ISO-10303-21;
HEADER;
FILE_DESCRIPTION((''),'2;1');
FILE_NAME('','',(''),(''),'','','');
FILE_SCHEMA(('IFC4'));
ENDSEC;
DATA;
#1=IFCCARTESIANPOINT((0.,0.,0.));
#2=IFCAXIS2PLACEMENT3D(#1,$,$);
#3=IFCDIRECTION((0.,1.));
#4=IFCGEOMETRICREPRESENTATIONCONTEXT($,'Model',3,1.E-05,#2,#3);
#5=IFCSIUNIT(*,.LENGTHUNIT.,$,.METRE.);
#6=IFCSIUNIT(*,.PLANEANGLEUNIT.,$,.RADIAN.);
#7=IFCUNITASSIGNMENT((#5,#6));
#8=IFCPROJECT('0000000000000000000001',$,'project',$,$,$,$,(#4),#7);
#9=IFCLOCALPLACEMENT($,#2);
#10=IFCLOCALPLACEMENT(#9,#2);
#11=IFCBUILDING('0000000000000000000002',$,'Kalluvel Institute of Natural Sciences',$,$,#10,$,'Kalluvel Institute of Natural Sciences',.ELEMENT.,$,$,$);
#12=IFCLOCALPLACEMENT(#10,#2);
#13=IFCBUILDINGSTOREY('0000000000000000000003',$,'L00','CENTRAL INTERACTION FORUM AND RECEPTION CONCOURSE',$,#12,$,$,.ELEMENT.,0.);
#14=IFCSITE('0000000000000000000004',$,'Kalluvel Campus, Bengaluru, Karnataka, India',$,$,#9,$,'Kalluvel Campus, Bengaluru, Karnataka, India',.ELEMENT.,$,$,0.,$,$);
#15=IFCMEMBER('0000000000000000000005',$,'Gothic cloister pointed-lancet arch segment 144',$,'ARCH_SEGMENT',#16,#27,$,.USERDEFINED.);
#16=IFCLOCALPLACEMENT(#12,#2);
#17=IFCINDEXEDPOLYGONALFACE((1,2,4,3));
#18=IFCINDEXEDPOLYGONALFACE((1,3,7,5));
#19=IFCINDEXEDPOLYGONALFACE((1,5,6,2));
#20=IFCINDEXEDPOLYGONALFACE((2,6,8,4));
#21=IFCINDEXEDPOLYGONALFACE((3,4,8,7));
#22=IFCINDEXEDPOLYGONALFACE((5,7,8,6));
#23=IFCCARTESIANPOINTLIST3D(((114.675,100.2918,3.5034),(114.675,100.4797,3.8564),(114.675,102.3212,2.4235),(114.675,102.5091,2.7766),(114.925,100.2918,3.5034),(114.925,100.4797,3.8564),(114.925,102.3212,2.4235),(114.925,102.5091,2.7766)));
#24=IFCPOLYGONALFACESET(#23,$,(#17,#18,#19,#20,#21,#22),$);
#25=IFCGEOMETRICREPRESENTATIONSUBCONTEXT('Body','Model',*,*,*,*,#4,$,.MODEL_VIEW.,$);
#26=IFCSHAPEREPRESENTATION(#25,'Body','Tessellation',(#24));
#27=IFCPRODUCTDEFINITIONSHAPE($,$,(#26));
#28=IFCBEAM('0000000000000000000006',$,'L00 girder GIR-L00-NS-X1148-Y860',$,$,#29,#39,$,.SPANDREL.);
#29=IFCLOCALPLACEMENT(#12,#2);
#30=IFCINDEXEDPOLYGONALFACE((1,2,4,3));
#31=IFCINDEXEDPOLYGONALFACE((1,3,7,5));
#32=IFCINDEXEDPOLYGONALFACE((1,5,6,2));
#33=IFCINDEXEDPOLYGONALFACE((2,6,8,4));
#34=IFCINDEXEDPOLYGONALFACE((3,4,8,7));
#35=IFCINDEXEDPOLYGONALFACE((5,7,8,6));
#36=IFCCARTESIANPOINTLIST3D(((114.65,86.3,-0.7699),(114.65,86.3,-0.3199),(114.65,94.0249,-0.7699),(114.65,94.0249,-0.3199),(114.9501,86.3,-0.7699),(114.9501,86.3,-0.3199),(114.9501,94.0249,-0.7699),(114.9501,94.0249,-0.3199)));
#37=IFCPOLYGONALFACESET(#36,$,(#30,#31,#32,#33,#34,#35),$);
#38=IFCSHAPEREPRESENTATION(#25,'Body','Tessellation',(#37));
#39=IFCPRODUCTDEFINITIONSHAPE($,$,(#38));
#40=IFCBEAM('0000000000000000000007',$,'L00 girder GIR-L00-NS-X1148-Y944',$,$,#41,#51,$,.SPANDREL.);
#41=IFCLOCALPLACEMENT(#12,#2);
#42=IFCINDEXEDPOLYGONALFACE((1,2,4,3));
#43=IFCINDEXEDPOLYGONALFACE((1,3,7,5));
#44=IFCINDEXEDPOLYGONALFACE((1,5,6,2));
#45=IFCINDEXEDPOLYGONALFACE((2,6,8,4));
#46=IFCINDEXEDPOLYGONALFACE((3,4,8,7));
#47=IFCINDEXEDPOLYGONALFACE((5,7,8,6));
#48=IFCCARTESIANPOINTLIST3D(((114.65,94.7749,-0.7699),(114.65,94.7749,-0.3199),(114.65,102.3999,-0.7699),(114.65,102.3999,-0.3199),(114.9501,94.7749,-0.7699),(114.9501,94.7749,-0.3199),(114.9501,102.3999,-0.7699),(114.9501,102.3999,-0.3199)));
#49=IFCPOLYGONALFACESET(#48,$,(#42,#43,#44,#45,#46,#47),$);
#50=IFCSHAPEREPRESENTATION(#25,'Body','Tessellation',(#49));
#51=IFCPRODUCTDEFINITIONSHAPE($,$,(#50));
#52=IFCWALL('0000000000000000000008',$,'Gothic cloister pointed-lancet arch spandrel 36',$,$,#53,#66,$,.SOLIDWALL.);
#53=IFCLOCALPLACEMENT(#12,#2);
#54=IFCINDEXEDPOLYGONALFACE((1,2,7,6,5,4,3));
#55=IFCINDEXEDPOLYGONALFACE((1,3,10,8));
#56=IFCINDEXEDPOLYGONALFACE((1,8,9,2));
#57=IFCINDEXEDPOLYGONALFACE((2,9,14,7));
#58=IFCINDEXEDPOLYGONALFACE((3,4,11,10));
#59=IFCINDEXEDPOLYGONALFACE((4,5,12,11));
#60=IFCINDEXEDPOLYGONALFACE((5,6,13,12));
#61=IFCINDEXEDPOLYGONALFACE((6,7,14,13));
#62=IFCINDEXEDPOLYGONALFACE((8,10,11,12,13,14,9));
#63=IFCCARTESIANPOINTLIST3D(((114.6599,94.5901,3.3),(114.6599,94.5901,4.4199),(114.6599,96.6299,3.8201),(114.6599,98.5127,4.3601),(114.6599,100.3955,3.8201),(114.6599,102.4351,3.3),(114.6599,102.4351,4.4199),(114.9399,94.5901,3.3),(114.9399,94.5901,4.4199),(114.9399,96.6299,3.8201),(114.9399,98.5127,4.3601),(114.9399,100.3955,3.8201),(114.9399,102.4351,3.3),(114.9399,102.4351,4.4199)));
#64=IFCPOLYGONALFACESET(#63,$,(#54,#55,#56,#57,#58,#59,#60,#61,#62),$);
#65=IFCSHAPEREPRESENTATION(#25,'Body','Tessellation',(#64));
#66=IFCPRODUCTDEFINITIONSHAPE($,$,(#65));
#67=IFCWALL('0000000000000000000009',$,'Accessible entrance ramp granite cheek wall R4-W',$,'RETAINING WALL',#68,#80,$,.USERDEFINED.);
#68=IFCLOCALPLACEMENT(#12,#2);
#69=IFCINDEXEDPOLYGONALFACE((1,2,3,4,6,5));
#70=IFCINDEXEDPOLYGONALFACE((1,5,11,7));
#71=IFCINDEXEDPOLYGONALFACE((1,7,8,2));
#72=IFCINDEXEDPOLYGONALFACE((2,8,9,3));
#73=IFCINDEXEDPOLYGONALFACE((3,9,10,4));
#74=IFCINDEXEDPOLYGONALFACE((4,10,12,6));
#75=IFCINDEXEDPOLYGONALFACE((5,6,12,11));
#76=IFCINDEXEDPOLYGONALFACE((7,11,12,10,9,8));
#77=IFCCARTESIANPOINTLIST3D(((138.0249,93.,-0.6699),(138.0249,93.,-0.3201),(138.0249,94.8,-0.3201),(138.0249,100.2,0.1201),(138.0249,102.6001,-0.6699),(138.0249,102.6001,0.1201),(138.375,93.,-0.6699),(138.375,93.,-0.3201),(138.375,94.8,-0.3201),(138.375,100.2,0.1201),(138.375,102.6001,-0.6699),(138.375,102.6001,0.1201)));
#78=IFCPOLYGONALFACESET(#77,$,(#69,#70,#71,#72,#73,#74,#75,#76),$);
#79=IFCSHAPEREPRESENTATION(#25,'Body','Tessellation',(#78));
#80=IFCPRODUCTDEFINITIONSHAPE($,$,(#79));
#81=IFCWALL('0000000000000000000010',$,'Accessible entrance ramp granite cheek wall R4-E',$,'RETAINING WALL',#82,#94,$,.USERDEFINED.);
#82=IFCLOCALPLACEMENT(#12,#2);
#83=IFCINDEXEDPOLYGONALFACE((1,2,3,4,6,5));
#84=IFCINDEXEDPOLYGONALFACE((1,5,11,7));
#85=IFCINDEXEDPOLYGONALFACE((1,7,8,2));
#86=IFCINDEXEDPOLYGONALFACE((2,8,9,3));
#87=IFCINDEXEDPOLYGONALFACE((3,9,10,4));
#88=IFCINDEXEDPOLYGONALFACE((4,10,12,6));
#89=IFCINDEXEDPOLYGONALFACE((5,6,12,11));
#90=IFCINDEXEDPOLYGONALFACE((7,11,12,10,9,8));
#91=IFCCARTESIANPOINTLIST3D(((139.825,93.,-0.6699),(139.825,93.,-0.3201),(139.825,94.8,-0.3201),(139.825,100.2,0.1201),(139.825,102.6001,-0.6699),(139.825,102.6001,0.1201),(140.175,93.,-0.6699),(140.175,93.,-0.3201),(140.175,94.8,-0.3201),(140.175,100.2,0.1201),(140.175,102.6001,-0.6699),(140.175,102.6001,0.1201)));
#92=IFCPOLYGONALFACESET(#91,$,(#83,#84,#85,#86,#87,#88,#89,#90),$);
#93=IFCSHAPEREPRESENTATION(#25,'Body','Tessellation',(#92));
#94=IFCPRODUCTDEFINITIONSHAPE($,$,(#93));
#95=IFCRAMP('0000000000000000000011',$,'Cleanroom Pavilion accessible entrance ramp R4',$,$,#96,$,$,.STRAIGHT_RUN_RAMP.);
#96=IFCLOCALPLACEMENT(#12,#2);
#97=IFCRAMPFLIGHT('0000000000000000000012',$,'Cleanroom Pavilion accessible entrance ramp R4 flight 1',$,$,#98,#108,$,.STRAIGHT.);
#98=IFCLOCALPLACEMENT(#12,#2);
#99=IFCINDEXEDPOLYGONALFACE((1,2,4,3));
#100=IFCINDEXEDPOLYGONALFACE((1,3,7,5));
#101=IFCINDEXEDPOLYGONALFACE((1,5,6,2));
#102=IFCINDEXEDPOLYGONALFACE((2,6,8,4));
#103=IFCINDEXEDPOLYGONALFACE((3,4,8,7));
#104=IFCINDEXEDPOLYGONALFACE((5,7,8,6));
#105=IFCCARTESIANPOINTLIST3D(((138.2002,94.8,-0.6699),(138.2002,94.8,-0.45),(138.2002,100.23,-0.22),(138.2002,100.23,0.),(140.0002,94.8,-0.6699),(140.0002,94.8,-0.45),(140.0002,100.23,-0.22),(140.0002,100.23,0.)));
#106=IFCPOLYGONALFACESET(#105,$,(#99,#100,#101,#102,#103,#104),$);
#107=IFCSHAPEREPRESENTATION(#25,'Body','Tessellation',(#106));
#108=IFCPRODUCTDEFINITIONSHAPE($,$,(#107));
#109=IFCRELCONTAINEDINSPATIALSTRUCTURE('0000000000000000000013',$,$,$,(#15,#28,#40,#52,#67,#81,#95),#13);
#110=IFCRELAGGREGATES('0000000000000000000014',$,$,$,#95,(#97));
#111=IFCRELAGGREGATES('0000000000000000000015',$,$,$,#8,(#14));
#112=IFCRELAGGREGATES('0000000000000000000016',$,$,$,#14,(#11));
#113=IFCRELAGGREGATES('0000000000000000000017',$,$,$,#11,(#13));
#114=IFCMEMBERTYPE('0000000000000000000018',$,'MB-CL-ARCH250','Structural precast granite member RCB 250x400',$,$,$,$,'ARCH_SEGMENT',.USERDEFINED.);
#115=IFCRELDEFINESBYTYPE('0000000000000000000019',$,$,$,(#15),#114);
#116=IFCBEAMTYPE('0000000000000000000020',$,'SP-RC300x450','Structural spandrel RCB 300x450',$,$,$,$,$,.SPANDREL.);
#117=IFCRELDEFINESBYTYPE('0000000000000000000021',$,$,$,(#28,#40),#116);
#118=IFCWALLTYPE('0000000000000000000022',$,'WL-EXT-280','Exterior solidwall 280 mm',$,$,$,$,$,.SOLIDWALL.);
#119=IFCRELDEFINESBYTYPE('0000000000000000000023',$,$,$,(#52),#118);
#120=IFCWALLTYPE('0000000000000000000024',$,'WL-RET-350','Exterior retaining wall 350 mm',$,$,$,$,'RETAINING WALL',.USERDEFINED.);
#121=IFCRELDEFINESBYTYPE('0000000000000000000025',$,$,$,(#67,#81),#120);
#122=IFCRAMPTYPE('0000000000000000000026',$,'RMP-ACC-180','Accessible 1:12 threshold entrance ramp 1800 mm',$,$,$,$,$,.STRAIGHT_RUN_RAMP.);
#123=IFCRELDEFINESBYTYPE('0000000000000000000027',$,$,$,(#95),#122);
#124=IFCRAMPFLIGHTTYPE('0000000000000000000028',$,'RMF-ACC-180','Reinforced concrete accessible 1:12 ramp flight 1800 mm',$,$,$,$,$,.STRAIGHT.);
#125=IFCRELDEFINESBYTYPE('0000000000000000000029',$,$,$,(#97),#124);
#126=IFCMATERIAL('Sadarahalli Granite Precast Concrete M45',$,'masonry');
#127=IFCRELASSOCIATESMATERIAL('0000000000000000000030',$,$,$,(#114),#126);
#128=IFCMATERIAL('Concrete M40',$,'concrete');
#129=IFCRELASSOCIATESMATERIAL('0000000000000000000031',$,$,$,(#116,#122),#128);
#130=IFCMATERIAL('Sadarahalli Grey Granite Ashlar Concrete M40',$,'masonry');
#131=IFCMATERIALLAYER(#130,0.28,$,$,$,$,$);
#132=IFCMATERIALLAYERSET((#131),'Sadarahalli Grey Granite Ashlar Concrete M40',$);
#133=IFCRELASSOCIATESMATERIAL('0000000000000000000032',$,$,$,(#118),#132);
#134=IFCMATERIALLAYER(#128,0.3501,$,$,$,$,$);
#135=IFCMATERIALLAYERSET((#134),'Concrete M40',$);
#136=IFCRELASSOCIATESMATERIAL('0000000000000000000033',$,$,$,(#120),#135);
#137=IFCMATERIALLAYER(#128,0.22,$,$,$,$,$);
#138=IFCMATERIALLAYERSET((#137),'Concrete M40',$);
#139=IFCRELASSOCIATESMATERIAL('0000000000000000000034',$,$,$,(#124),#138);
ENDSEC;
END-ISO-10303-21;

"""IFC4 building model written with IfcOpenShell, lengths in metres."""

from ifc_helpers import new_model, si_unit, direction, frame, origin, origin_2d, place, context, subcontext, project, spatial, polyline, rectangle, outline, extrude, material, layer, layer_set, material_profile, profile_set, type_object, element, aggregate, save


model = new_model("IFC4")

# Units and contexts
model_context = context("Model", 3, precision=1e-05, world=origin(), true_north=direction((0.0, 1.0)))
body_context = subcontext(model_context, "Body", "Model", "MODEL_VIEW")
ifc_project = project(units=[si_unit("LENGTHUNIT", "METRE"), si_unit("PLANEANGLEUNIT", "RADIAN")], contexts=[model_context])

# Site, building, storey
site_placement = place(None, origin())
site = spatial("IfcSite", under=ifc_project, at=site_placement, Name="Kalluvel Campus, Bengaluru, Karnataka, India", LongName="Kalluvel Campus, Bengaluru, Karnataka, India", CompositionType="ELEMENT", RefElevation=0.0)
building_placement = place(site_placement, origin())
building = spatial("IfcBuilding", under=site, at=building_placement, Name="Kalluvel Institute of Natural Sciences", LongName="Kalluvel Institute of Natural Sciences", CompositionType="ELEMENT")
storey_placement = place(building_placement, origin())
storey = spatial("IfcBuildingStorey", under=building, at=storey_placement, Name="L00", Description="CENTRAL INTERACTION FORUM AND RECEPTION CONCOURSE", CompositionType="ELEMENT", Elevation=0.0)

# Shared definitions
ifc_material_1 = material(Name="Concrete M40", Category="concrete")

# Member
ifc_material_2 = material(Name="Sadarahalli Granite Precast Concrete M45", Category="masonry")
ifc_material_profile_1 = material_profile(ifc_material_2, rectangle(XDim=0.25, YDim=0.3999, at=origin_2d()), Name="RCB 250x400")
ifc_profile_set_1 = profile_set([ifc_material_profile_1], Name="Sadarahalli Granite Precast Concrete M45")
member_type = type_object("IfcMemberType", Name="MB-CL-ARCH250", Description="Structural precast granite member RCB 250x400", ElementType="ARCH_SEGMENT", PredefinedType="USERDEFINED", material=ifc_profile_set_1)
member_1_placement = place(storey_placement, frame((114.8, 100.3857, 3.6799), z_axis=(0.0, 0.882796, -0.469756), x_axis=(-1.0, 0.0, 0.0)))
element("IfcMember", 1, at=member_1_placement, inside=storey, type_object=member_type, Name="Gothic cloister pointed-lancet arch segment 144", ObjectType="ARCH_SEGMENT", PredefinedType="USERDEFINED", context=body_context, shape_type="SweptSolid", body=[
    extrude(rectangle(XDim=0.25, YDim=0.3999, at=origin_2d()), origin(), (0.0, 0.0, 1.0), 2.2988),
])

# Beams
ifc_material_profile_2 = material_profile(ifc_material_1, rectangle(XDim=0.3, YDim=0.45, at=origin_2d()), Name="RCB 300x450")
ifc_profile_set_2 = profile_set([ifc_material_profile_2], Name="Concrete M40")
beam_type_1 = type_object("IfcBeamType", Name="SP-RC300x450", Description="Structural spandrel RCB 300x450", PredefinedType="SPANDREL", material=ifc_profile_set_2)
beam_1_placement = place(storey_placement, frame((114.8, 86.3, -0.5449), z_axis=(0.0, 1.0, 0.0), x_axis=(-1.0, 0.0, 0.0)))
element("IfcBeam", 2, at=beam_1_placement, inside=storey, type_object=beam_type_1, Name="L00 girder GIR-L00-NS-X1148-Y860", PredefinedType="SPANDREL", context=body_context, shape_type="SweptSolid", body=[
    extrude(rectangle(XDim=0.3, YDim=0.45, at=origin_2d()), origin(), (0.0, 0.0, 1.0), 7.7249),
])
beam_2_placement = place(storey_placement, frame((114.8, 94.7749, -0.5449), z_axis=(0.0, 1.0, 0.0), x_axis=(-1.0, 0.0, 0.0)))
element("IfcBeam", 3, at=beam_2_placement, inside=storey, type_object=beam_type_1, Name="L00 girder GIR-L00-NS-X1148-Y944", PredefinedType="SPANDREL", context=body_context, shape_type="SweptSolid", body=[
    extrude(rectangle(XDim=0.3, YDim=0.45, at=origin_2d()), origin(), (0.0, 0.0, 1.0), 7.625),
])

# Walls
ifc_material_3 = material(Name="Sadarahalli Grey Granite Ashlar Concrete M40", Category="masonry")
ifc_layer_1 = layer(ifc_material_3, 0.28)
ifc_layer_set_1 = layer_set([ifc_layer_1], Name="Sadarahalli Grey Granite Ashlar Concrete M40")
wall_type_1 = type_object("IfcWallType", Name="WL-EXT-280", Description="Exterior solidwall 280 mm", PredefinedType="SOLIDWALL", material=ifc_layer_set_1)
wall_placement = place(storey_placement, frame((114.8, 94.5901, 3.3), z_axis=(0.0, 0.0, 1.0), x_axis=(0.0, 1.0, 0.0)))
element("IfcWall", 4, at=wall_placement, inside=storey, type_object=wall_type_1, Name="Gothic cloister pointed-lancet arch spandrel 36", PredefinedType="SOLIDWALL", context=body_context, shape_type="SweptSolid", body=[
    extrude(outline(polyline([(0.0, 0.0), (2.0398, 0.52), (3.9226, 1.0601), (5.8054, 0.52), (7.845, 0.0), (7.845, 1.1199), (0.0, 1.1199), (0.0, 0.0)])), frame((0.0, 0.1401, 0.0), z_axis=(0.0, -1.0, 0.0), x_axis=(1.0, 0.0, 0.0)), (0.0, 0.0, 1.0), 0.28),
])
ifc_layer_2 = layer(ifc_material_1, 0.3501)
ifc_layer_set_2 = layer_set([ifc_layer_2], Name="Concrete M40")
wall_type_2 = type_object("IfcWallType", Name="WL-RET-350", Description="Exterior retaining wall 350 mm", ElementType="RETAINING WALL", PredefinedType="USERDEFINED", material=ifc_layer_set_2)
for number, where, z_axis, x_axis, name in (
    (5, (138.2, 93.0, -0.6699), (0.0, 0.0, 1.0), (0.0, 1.0, 0.0), "Accessible entrance ramp granite cheek wall R4-W"),
    (6, (140.0, 93.0, -0.6699), (0.0, 0.0, 1.0), (0.0, 1.0, 0.0), "Accessible entrance ramp granite cheek wall R4-E"),
):
    element("IfcWall", number, at=place(storey_placement, frame(where, z_axis=z_axis, x_axis=x_axis)), inside=storey, type_object=wall_type_2, Name=name, ObjectType="RETAINING WALL", PredefinedType="USERDEFINED", context=body_context, shape_type="SweptSolid", body=[
        extrude(outline(polyline([(0.0, 0.0), (9.6001, 0.0), (9.6001, 0.79), (7.2, 0.79), (1.8, 0.3499), (0.0, 0.3499), (0.0, 0.0)])), frame((0.0, 0.175, 0.0), z_axis=(0.0, -1.0, 0.0), x_axis=(1.0, 0.0, 0.0)), (0.0, 0.0, 1.0), 0.3501),
    ])

# Ramp, ramp flight
ramp_type = type_object("IfcRampType", Name="RMP-ACC-180", Description="Accessible 1:12 threshold entrance ramp 1800 mm", PredefinedType="STRAIGHT_RUN_RAMP", material=ifc_material_1)
ramp_placement = place(storey_placement, origin())
ramp = element("IfcRamp", 7, at=ramp_placement, inside=storey, type_object=ramp_type, Name="Cleanroom Pavilion accessible entrance ramp R4", PredefinedType="STRAIGHT_RUN_RAMP")
ifc_layer_3 = layer(ifc_material_1, 0.22)
ifc_layer_set_3 = layer_set([ifc_layer_3], Name="Concrete M40")
ramp_flight_type = type_object("IfcRampFlightType", Name="RMF-ACC-180", Description="Reinforced concrete accessible 1:12 ramp flight 1800 mm", PredefinedType="STRAIGHT", material=ifc_layer_set_3)
ramp_flight_placement = place(storey_placement, frame((139.1001, 94.8, -0.45), z_axis=(0.0, 0.0, 1.0), x_axis=(0.0, 1.0, 0.0)))
ramp_flight = element("IfcRampFlight", 8, at=ramp_flight_placement, type_object=ramp_flight_type, Name="Cleanroom Pavilion accessible entrance ramp R4 flight 1", PredefinedType="STRAIGHT", context=body_context, shape_type="SweptSolid", body=[
    extrude(outline(polyline([(0.0, -0.22), (0.0, 0.0), (5.4299, 0.45), (5.4299, 0.23), (0.0, -0.22)])), frame((0.0, 0.8999, 0.0), z_axis=(0.0, -1.0, 0.0), x_axis=(1.0, 0.0, 0.0)), (0.0, 0.0, 1.0), 1.8),
])
aggregate(ramp, [ramp_flight])

save(model, "model.ifc")
